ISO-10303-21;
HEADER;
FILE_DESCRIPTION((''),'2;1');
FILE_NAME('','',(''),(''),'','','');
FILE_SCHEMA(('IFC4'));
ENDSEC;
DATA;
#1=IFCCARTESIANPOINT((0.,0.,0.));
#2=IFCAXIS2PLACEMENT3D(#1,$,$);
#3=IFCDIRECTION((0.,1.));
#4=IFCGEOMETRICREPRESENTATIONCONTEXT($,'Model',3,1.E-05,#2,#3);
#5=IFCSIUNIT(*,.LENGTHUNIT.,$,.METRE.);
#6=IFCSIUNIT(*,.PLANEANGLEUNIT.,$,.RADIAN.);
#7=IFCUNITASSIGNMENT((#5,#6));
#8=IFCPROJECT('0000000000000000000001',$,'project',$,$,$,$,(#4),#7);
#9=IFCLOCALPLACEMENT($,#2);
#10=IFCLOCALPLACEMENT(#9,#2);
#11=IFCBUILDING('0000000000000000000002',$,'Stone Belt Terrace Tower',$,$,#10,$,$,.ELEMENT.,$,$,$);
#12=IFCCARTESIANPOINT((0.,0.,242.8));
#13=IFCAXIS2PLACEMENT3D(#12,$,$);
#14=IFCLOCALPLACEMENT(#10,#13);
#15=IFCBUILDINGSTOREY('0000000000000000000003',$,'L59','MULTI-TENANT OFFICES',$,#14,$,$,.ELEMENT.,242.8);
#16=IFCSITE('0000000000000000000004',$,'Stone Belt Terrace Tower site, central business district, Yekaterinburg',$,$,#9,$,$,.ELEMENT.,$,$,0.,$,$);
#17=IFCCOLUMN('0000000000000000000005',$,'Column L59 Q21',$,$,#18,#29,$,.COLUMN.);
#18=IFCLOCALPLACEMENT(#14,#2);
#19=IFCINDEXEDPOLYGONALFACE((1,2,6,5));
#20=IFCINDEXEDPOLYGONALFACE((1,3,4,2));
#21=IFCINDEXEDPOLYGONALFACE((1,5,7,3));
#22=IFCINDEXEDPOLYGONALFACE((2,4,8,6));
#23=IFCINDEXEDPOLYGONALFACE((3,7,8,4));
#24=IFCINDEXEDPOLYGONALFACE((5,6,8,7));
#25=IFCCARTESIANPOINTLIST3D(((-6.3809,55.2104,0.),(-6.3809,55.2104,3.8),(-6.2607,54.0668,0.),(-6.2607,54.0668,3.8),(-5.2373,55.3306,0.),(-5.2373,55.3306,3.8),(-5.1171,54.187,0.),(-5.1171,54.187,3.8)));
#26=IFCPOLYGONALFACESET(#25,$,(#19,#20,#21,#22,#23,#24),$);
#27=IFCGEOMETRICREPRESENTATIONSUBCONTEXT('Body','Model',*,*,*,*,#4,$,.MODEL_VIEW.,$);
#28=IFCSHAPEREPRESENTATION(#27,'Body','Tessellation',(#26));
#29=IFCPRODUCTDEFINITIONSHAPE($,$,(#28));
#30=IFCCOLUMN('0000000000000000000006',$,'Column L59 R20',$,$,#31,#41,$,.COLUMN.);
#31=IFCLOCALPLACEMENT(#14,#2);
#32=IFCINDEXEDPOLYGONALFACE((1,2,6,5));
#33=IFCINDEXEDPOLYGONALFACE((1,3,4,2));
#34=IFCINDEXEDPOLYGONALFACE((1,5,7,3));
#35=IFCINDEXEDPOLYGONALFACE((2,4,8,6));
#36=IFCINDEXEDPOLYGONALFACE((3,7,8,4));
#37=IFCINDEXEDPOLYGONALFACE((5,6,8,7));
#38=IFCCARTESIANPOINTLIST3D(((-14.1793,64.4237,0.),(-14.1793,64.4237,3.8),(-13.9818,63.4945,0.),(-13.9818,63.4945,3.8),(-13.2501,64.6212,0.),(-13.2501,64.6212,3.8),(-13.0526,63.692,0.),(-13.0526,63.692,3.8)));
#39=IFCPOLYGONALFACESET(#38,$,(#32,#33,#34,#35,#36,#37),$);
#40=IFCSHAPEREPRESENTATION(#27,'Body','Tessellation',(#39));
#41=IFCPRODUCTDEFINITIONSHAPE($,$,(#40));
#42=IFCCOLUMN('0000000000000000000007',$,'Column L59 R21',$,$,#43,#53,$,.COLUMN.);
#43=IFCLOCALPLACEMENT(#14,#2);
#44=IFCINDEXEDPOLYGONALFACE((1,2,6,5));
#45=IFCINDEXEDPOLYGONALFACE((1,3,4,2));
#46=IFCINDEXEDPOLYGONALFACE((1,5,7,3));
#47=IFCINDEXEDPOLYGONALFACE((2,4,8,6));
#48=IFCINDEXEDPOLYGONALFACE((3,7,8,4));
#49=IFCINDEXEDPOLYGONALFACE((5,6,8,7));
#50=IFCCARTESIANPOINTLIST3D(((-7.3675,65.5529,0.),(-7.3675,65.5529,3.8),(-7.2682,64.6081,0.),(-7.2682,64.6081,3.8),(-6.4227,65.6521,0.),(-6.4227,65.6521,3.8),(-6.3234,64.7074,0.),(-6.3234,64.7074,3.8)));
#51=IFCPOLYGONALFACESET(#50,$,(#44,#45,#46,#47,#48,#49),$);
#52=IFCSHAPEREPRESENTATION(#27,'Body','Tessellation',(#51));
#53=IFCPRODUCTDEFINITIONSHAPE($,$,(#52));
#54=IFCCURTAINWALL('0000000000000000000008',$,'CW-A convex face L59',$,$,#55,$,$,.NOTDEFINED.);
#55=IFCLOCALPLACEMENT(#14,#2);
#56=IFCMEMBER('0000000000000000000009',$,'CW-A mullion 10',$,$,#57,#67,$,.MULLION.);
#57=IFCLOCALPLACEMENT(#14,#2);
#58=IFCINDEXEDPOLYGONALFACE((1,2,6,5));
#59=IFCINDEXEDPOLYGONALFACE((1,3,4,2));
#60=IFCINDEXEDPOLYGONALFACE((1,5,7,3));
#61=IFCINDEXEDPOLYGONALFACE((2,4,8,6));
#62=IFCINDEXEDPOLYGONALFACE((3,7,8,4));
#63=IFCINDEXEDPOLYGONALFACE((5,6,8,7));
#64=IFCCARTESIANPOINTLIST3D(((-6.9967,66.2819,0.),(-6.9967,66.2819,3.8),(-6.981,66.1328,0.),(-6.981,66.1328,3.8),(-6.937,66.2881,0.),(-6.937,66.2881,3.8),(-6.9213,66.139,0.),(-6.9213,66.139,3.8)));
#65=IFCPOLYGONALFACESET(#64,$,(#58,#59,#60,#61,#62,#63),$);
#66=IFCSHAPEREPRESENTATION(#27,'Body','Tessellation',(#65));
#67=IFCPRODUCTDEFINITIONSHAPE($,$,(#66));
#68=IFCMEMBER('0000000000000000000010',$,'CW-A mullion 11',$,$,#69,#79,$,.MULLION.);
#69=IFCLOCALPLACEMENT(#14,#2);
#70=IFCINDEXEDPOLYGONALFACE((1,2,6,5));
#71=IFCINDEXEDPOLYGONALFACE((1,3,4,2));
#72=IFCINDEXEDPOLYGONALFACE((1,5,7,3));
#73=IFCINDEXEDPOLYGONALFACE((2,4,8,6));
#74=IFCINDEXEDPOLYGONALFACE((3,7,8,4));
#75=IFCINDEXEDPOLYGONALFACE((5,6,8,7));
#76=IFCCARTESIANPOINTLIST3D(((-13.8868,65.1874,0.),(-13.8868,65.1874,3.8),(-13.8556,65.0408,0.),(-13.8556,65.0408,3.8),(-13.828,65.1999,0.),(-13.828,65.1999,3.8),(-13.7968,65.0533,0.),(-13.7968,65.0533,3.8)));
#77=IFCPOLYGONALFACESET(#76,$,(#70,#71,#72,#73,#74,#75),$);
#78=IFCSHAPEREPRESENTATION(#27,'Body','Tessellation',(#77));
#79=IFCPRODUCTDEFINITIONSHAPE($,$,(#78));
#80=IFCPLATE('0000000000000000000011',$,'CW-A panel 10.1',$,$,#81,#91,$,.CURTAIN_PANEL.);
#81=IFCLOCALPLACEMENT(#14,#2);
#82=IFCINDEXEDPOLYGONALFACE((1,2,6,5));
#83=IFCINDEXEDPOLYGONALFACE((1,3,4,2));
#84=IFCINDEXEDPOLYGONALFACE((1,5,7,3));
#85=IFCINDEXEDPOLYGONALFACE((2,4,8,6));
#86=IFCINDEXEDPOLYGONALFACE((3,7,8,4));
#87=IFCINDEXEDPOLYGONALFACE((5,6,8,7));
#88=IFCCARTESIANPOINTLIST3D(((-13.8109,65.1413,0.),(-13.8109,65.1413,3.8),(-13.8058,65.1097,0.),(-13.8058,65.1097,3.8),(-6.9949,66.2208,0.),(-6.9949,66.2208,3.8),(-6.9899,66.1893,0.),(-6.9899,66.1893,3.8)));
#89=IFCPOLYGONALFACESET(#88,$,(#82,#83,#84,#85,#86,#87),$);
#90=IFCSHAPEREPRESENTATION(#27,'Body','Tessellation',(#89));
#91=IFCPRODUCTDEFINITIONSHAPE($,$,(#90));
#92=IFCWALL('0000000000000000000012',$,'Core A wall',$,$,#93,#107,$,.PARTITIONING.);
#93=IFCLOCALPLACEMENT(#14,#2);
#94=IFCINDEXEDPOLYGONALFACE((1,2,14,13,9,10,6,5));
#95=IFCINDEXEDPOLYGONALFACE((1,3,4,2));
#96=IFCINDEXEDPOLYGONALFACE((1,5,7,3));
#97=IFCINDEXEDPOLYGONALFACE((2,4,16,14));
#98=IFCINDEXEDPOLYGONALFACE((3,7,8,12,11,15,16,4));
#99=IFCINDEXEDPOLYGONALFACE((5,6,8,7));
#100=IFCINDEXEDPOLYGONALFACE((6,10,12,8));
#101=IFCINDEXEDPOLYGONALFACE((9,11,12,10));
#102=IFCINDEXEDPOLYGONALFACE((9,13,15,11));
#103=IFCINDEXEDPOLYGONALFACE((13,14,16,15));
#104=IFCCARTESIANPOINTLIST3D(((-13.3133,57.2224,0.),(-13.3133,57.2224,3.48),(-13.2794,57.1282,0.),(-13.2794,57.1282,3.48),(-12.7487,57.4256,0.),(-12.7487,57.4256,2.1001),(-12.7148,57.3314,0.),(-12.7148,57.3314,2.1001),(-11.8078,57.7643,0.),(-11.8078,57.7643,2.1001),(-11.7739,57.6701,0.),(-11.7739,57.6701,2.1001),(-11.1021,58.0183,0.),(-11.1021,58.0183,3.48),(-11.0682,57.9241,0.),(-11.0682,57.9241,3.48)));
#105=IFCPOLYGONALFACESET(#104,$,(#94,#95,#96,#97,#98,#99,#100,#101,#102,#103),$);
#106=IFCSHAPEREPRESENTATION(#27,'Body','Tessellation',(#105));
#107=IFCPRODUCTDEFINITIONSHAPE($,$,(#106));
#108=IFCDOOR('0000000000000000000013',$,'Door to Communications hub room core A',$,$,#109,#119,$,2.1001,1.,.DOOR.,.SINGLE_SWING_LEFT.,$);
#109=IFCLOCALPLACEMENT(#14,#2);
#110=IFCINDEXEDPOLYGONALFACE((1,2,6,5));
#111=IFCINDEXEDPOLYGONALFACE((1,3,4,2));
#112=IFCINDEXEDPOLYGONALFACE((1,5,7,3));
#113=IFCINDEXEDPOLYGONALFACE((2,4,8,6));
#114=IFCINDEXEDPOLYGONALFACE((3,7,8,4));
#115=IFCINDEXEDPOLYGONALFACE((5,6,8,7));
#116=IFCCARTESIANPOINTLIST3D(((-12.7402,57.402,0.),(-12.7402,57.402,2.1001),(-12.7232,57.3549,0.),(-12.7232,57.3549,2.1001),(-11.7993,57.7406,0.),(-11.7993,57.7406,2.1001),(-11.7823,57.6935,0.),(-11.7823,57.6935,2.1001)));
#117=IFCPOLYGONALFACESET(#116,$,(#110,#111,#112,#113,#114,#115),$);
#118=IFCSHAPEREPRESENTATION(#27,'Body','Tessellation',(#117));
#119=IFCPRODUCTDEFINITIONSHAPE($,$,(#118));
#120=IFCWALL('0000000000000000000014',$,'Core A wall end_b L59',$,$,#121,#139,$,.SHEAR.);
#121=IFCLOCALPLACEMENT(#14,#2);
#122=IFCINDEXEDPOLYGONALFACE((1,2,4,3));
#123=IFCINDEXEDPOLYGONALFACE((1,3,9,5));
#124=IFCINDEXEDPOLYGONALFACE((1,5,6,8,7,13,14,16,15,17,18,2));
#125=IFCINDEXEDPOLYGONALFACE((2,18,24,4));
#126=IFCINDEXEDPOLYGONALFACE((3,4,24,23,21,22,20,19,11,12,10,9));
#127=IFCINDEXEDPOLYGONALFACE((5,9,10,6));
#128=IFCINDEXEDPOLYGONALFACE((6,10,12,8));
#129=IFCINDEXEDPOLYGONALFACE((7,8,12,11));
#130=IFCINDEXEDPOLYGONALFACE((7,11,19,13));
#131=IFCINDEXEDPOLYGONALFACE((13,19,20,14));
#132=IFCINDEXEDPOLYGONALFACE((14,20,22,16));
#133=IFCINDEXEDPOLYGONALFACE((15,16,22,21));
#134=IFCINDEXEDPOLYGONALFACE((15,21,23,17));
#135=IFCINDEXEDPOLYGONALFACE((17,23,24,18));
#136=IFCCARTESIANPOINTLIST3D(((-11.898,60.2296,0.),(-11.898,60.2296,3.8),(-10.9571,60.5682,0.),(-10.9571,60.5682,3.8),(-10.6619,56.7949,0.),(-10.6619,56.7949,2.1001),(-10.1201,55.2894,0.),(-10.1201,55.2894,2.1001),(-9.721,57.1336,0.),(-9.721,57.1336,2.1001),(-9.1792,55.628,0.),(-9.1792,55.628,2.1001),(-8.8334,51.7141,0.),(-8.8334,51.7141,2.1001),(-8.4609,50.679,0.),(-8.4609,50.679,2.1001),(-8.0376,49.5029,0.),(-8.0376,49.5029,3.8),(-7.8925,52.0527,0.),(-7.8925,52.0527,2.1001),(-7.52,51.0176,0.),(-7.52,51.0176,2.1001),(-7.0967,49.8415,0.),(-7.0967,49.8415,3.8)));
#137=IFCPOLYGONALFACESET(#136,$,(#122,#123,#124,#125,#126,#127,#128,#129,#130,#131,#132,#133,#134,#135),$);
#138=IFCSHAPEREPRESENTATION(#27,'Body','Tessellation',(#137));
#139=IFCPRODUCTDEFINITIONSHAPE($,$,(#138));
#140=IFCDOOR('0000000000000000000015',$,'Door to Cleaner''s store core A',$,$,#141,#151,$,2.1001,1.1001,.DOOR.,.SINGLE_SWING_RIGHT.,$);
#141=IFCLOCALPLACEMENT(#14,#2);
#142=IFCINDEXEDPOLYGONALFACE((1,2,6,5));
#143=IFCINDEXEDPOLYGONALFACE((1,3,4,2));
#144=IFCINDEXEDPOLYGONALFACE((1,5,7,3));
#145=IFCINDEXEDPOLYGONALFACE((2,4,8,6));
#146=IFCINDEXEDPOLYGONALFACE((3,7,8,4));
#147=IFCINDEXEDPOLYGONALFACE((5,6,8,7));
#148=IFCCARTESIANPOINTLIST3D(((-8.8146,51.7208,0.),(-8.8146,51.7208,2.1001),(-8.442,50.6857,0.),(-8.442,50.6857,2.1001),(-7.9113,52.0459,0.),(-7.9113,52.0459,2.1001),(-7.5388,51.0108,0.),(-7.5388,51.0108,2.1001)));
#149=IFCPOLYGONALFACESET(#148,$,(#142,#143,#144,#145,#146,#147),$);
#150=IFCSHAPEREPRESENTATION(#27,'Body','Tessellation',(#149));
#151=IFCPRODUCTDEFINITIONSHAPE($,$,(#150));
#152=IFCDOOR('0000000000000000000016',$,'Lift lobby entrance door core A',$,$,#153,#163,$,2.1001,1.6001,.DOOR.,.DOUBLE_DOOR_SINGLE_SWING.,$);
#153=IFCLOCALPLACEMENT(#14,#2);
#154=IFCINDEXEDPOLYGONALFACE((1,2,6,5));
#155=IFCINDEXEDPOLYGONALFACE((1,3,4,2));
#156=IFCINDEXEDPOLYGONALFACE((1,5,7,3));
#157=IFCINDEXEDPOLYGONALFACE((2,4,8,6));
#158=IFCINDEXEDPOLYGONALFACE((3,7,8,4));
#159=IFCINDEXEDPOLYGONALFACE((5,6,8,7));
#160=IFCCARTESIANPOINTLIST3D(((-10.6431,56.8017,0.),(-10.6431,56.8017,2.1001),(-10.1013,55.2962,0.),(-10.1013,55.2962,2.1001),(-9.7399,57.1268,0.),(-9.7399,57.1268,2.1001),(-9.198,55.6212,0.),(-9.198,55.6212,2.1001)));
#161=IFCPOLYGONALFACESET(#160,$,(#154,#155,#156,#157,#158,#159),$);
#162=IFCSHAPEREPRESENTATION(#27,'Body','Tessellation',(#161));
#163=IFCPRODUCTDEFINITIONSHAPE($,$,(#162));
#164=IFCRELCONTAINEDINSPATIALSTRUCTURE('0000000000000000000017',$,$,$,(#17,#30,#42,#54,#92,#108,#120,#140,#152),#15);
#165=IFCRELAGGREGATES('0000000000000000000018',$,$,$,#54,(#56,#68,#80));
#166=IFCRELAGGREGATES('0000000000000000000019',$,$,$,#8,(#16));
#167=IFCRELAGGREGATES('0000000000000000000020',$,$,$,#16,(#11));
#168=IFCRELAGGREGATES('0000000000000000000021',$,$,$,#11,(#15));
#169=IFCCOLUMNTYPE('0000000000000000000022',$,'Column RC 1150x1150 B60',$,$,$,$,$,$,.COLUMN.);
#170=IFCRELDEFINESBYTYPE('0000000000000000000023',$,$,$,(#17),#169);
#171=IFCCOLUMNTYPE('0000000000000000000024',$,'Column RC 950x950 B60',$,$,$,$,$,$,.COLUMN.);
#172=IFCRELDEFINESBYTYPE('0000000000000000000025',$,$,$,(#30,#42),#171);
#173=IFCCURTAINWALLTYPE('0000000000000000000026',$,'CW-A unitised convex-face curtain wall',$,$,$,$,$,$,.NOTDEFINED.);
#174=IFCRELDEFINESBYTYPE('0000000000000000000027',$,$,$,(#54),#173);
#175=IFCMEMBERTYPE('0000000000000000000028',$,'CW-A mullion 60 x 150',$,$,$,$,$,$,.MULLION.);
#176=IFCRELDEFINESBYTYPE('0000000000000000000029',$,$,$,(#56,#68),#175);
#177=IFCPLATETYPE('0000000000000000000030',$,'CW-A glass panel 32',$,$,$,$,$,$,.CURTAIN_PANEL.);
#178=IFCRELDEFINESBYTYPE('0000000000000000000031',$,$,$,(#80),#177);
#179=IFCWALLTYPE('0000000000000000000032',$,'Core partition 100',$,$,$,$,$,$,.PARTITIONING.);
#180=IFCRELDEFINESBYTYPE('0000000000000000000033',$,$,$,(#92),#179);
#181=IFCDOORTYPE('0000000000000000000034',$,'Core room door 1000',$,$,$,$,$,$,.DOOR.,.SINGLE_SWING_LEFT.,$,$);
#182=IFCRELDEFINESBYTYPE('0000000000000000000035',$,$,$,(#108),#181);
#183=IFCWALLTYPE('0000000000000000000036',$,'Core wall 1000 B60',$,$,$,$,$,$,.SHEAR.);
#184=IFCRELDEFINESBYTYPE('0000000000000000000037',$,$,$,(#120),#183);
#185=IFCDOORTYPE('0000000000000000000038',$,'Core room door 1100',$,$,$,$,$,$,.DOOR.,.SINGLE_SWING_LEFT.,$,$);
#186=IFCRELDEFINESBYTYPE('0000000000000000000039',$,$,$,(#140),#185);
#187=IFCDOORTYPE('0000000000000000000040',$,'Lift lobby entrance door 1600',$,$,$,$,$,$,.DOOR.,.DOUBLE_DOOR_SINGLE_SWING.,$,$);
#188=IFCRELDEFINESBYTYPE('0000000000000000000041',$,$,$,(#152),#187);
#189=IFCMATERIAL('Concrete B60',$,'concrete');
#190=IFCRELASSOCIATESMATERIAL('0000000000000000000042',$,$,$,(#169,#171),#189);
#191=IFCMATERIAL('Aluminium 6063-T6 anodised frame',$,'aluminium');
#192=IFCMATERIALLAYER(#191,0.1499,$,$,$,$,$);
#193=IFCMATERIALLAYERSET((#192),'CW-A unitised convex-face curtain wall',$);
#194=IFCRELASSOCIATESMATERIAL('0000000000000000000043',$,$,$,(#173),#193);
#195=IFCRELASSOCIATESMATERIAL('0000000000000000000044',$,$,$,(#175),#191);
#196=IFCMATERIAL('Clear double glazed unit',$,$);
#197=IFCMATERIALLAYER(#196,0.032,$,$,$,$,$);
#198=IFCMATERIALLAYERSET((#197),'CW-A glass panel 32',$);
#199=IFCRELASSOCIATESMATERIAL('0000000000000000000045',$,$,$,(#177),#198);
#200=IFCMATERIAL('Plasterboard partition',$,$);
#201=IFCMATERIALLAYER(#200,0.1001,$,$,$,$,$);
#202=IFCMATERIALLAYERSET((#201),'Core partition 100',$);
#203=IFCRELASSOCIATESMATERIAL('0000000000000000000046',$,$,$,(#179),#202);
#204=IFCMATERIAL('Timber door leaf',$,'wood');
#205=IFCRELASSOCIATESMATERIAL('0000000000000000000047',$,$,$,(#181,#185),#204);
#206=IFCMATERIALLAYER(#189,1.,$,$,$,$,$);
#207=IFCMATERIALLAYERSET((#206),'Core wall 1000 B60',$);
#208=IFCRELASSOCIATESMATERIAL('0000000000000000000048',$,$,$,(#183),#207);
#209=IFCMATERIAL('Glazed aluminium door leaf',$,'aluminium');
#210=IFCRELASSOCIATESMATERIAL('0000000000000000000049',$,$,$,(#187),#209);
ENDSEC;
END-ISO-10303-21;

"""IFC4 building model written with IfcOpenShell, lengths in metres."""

from ifc_helpers import new_model, si_unit, direction, frame, frame_2d, origin, origin_2d, place, context, subcontext, project, spatial, rectangle, extrude, material, layer, layer_set, material_profile, profile_set, type_object, element, fill, aggregate, save


model = new_model("IFC4")

# Units and contexts
model_context = context("Model", 3, precision=1e-05, world=origin(), true_north=direction((0.0, 1.0)))
body_context = subcontext(model_context, "Body", "Model", "MODEL_VIEW")
ifc_project = project(units=[si_unit("LENGTHUNIT", "METRE"), si_unit("PLANEANGLEUNIT", "RADIAN")], contexts=[model_context])

# Site, building, storey
site_placement = place(None, origin())
site = spatial("IfcSite", under=ifc_project, at=site_placement, Name="Stone Belt Terrace Tower site, central business district, Yekaterinburg", CompositionType="ELEMENT", RefElevation=0.0)
building_placement = place(site_placement, origin())
building = spatial("IfcBuilding", under=site, at=building_placement, Name="Stone Belt Terrace Tower", CompositionType="ELEMENT")
storey_placement = place(building_placement, frame((0.0, 0.0, 242.8)))
storey = spatial("IfcBuildingStorey", under=building, at=storey_placement, Name="L59", Description="MULTI-TENANT OFFICES", CompositionType="ELEMENT", Elevation=242.8)

# Columns
ifc_material_1 = material(Name="Concrete B60", Category="concrete")
ifc_material_profile_1 = material_profile(ifc_material_1, rectangle(XDim=1.1499, YDim=1.1499, at=origin_2d()), Name="RC 1150x1150")
ifc_profile_set_1 = profile_set([ifc_material_profile_1], Name="Concrete B60")
column_type_1 = type_object("IfcColumnType", Name="Column RC 1150x1150 B60", PredefinedType="COLUMN", material=ifc_profile_set_1)
column_placement = place(storey_placement, frame((-5.749, 54.6987, 0.0), z_axis=(0.0, 0.0, 1.0), x_axis=(0.994522, 0.104528, 0.0)))
element("IfcColumn", 1, at=column_placement, inside=storey, type_object=column_type_1, Name="Column L59 Q21", PredefinedType="COLUMN", context=body_context, shape_type="SweptSolid", body=[
    extrude(rectangle(XDim=1.1499, YDim=1.1499, at=origin_2d()), origin(), (0.0, 0.0, 1.0), 3.8),
])
ifc_material_profile_2 = material_profile(ifc_material_1, rectangle(XDim=0.95, YDim=0.95, at=origin_2d()), Name="RC 950x950")
ifc_profile_set_2 = profile_set([ifc_material_profile_2], Name="Concrete B60")
column_type_2 = type_object("IfcColumnType", Name="Column RC 950x950 B60", PredefinedType="COLUMN", material=ifc_profile_set_2)
for number, where, z_axis, x_axis, name in (
    (2, (-13.616, 64.0579, 0.0), (0.0, 0.0, 1.0), (0.978148, 0.207912, 0.0), "Column L59 R20"),
    (3, (-6.8455, 65.1301, 0.0), (0.0, 0.0, 1.0), (0.994522, 0.104528, 0.0), "Column L59 R21"),
):
    element("IfcColumn", number, at=place(storey_placement, frame(where, z_axis=z_axis, x_axis=x_axis)), inside=storey, type_object=column_type_2, Name=name, PredefinedType="COLUMN", context=body_context, shape_type="SweptSolid", body=[
        extrude(rectangle(XDim=0.95, YDim=0.95, at=origin_2d()), origin(), (0.0, 0.0, 1.0), 3.8),
    ])

# Curtain wall, members, plate
ifc_material_2 = material(Name="Aluminium 6063-T6 anodised frame", Category="aluminium")
ifc_layer_1 = layer(ifc_material_2, 0.1499)
ifc_layer_set_1 = layer_set([ifc_layer_1], Name="CW-A unitised convex-face curtain wall")
curtain_wall_type = type_object("IfcCurtainWallType", Name="CW-A unitised convex-face curtain wall", PredefinedType="NOTDEFINED", material=ifc_layer_set_1)
curtain_wall_placement = place(storey_placement, origin())
curtain_wall = element("IfcCurtainWall", 4, at=curtain_wall_placement, inside=storey, type_object=curtain_wall_type, Name="CW-A convex face L59", PredefinedType="NOTDEFINED")
ifc_material_profile_3 = material_profile(ifc_material_2, rectangle(XDim=0.1499, YDim=0.0601, at=origin_2d()), Name="Aluminium 6063-T6 60x150")
ifc_profile_set_3 = profile_set([ifc_material_profile_3], Name="Aluminium 6063-T6 anodised frame")
member_type = type_object("IfcMemberType", Name="CW-A mullion 60 x 150", PredefinedType="MULLION", material=ifc_profile_set_3)
member_1_placement = place(storey_placement, frame((-6.959, 66.2104, 0.0), z_axis=(0.0, 0.0, 1.0), x_axis=(0.104528, -0.994522, 0.0)))
member_1 = element("IfcMember", 5, at=member_1_placement, type_object=member_type, Name="CW-A mullion 10", PredefinedType="MULLION", context=body_context, shape_type="SweptSolid", body=[
    extrude(rectangle(XDim=0.1499, YDim=0.0601, at=origin_2d()), origin(), (0.0, 0.0, 1.0), 3.8),
])
member_2_placement = place(storey_placement, frame((-13.8418, 65.1204, 0.0), z_axis=(0.0, 0.0, 1.0), x_axis=(0.207912, -0.978148, 0.0)))
member_2 = element("IfcMember", 6, at=member_2_placement, type_object=member_type, Name="CW-A mullion 11", PredefinedType="MULLION", context=body_context, shape_type="SweptSolid", body=[
    extrude(rectangle(XDim=0.1499, YDim=0.0601, at=origin_2d()), origin(), (0.0, 0.0, 1.0), 3.8),
])
ifc_material_3 = material(Name="Clear double glazed unit")
ifc_layer_2 = layer(ifc_material_3, 0.032)
ifc_layer_set_2 = layer_set([ifc_layer_2], Name="CW-A glass panel 32")
plate_type = type_object("IfcPlateType", Name="CW-A glass panel 32", PredefinedType="CURTAIN_PANEL", material=ifc_layer_set_2)
plate_placement = place(storey_placement, frame((-10.4004, 65.6653, 0.0), z_axis=(0.0, 0.0, 1.0), x_axis=(-0.987688, -0.156434, 0.0)))
plate = element("IfcPlate", 7, at=plate_placement, type_object=plate_type, Name="CW-A panel 10.1", PredefinedType="CURTAIN_PANEL", context=body_context, shape_type="SweptSolid", body=[
    extrude(rectangle(XDim=6.9009, YDim=0.032, at=origin_2d()), origin(), (0.0, 0.0, 1.0), 3.8),
])
aggregate(curtain_wall, [member_1, member_2, plate])

# Wall, opening, door
ifc_material_4 = material(Name="Plasterboard partition")
ifc_layer_3 = layer(ifc_material_4, 0.1001)
ifc_layer_set_3 = layer_set([ifc_layer_3], Name="Core partition 100")
wall_type_1 = type_object("IfcWallType", Name="Core partition 100", PredefinedType="PARTITIONING", material=ifc_layer_set_3)
wall_1_placement = place(storey_placement, frame((-13.2964, 57.1753, 0.0), z_axis=(0.0, 0.0, 1.0), x_axis=(0.940905, 0.338672, 0.0)))
wall_1 = element("IfcWall", 8, at=wall_1_placement, inside=storey, type_object=wall_type_1, Name="Core A wall", PredefinedType="PARTITIONING", context=body_context, shape_type="SweptSolid", body=[
    extrude(rectangle(XDim=2.3501, YDim=0.1001, at=frame_2d((1.175, 0.0))), origin(), (0.0, 0.0, 1.0), 3.48),
])
opening_1_placement = place(wall_1_placement, frame((0.6001, 0.0, 0.0)))
opening_1 = element("IfcOpeningElement", 9, at=opening_1_placement, cuts=wall_1, PredefinedType="OPENING", context=body_context, shape_type="SweptSolid", body=[
    extrude(rectangle(XDim=1.0, YDim=2.1001, at=frame_2d((0.5, 1.05))), frame((0.0, 0.0601, 0.0), z_axis=(0.0, -1.0, 0.0), x_axis=(1.0, 0.0, 0.0)), (0.0, 0.0, 1.0), 0.1201),
])
ifc_material_5 = material(Name="Timber door leaf", Category="wood")
door_type_1 = type_object("IfcDoorType", Name="Core room door 1000", OperationType="SINGLE_SWING_LEFT", PredefinedType="DOOR", material=ifc_material_5)
door_1_placement = place(opening_1_placement, origin())
door_1 = element("IfcDoor", 10, at=door_1_placement, inside=storey, type_object=door_type_1, Name="Door to Communications hub room core A", OperationType="SINGLE_SWING_LEFT", OverallHeight=2.1001, OverallWidth=1.0, PredefinedType="DOOR", context=body_context, shape_type="SweptSolid", body=[
    extrude(rectangle(XDim=1.0, YDim=2.1001, at=frame_2d((0.5, 1.05))), frame((0.0, 0.0249, 0.0), z_axis=(0.0, -1.0, 0.0), x_axis=(1.0, 0.0, 0.0)), (0.0, 0.0, 1.0), 0.05),
])
fill(opening_1, door_1)

# Wall, openings, doors
ifc_layer_4 = layer(ifc_material_1, 1.0)
ifc_layer_set_4 = layer_set([ifc_layer_4], Name="Core wall 1000 B60")
wall_type_2 = type_object("IfcWallType", Name="Core wall 1000 B60", PredefinedType="SHEAR", material=ifc_layer_set_4)
wall_2_placement = place(storey_placement, frame((-7.5671, 49.6721, 0.0), z_axis=(0.0, 0.0, 1.0), x_axis=(-0.338625, 0.940921, 0.0)))
wall_2 = element("IfcWall", 11, at=wall_2_placement, inside=storey, type_object=wall_type_2, Name="Core A wall end_b L59", PredefinedType="SHEAR", context=body_context, shape_type="SweptSolid", body=[
    extrude(rectangle(XDim=11.4001, YDim=1.0, at=frame_2d((5.7002, 0.0))), origin(), (0.0, 0.0, 1.0), 3.8),
])
opening_2_placement = place(wall_2_placement, frame((6.1499, 0.0, 0.0)))
opening_2 = element("IfcOpeningElement", 12, at=opening_2_placement, cuts=wall_2, PredefinedType="OPENING", context=body_context, shape_type="SweptSolid", body=[
    extrude(rectangle(XDim=1.6001, YDim=2.1001, at=frame_2d((0.8, 1.05))), frame((0.0, 0.51, 0.0), z_axis=(0.0, -1.0, 0.0), x_axis=(1.0, 0.0, 0.0)), (0.0, 0.0, 1.0), 1.02),
])
opening_3_placement = place(wall_2_placement, frame((1.25, 0.0, 0.0)))
opening_3 = element("IfcOpeningElement", 13, at=opening_3_placement, cuts=wall_2, PredefinedType="OPENING", context=body_context, shape_type="SweptSolid", body=[
    extrude(rectangle(XDim=1.1001, YDim=2.1001, at=frame_2d((0.55, 1.05))), frame((0.0, 0.51, 0.0), z_axis=(0.0, -1.0, 0.0), x_axis=(1.0, 0.0, 0.0)), (0.0, 0.0, 1.0), 1.02),
])
door_type_2 = type_object("IfcDoorType", Name="Core room door 1100", OperationType="SINGLE_SWING_LEFT", PredefinedType="DOOR", material=ifc_material_5)
door_2_placement = place(opening_3_placement, origin())
door_2 = element("IfcDoor", 14, at=door_2_placement, inside=storey, type_object=door_type_2, Name="Door to Cleaner's store core A", OperationType="SINGLE_SWING_RIGHT", OverallHeight=2.1001, OverallWidth=1.1001, PredefinedType="DOOR", context=body_context, shape_type="SweptSolid", body=[
    extrude(rectangle(XDim=1.1001, YDim=2.1001, at=frame_2d((0.55, 1.05))), frame((0.0, 0.48, 0.0), z_axis=(0.0, -1.0, 0.0), x_axis=(1.0, 0.0, 0.0)), (0.0, 0.0, 1.0), 0.96),
])
fill(opening_3, door_2)
ifc_material_6 = material(Name="Glazed aluminium door leaf", Category="aluminium")
door_type_3 = type_object("IfcDoorType", Name="Lift lobby entrance door 1600", OperationType="DOUBLE_DOOR_SINGLE_SWING", PredefinedType="DOOR", material=ifc_material_6)
door_3_placement = place(opening_2_placement, origin())
door_3 = element("IfcDoor", 15, at=door_3_placement, inside=storey, type_object=door_type_3, Name="Lift lobby entrance door core A", OperationType="DOUBLE_DOOR_SINGLE_SWING", OverallHeight=2.1001, OverallWidth=1.6001, PredefinedType="DOOR", context=body_context, shape_type="SweptSolid", body=[
    extrude(rectangle(XDim=1.6001, YDim=2.1001, at=frame_2d((0.8, 1.05))), frame((0.0, 0.48, 0.0), z_axis=(0.0, -1.0, 0.0), x_axis=(1.0, 0.0, 0.0)), (0.0, 0.0, 1.0), 0.96),
])
fill(opening_2, door_3)

save(model, "model.ifc")
